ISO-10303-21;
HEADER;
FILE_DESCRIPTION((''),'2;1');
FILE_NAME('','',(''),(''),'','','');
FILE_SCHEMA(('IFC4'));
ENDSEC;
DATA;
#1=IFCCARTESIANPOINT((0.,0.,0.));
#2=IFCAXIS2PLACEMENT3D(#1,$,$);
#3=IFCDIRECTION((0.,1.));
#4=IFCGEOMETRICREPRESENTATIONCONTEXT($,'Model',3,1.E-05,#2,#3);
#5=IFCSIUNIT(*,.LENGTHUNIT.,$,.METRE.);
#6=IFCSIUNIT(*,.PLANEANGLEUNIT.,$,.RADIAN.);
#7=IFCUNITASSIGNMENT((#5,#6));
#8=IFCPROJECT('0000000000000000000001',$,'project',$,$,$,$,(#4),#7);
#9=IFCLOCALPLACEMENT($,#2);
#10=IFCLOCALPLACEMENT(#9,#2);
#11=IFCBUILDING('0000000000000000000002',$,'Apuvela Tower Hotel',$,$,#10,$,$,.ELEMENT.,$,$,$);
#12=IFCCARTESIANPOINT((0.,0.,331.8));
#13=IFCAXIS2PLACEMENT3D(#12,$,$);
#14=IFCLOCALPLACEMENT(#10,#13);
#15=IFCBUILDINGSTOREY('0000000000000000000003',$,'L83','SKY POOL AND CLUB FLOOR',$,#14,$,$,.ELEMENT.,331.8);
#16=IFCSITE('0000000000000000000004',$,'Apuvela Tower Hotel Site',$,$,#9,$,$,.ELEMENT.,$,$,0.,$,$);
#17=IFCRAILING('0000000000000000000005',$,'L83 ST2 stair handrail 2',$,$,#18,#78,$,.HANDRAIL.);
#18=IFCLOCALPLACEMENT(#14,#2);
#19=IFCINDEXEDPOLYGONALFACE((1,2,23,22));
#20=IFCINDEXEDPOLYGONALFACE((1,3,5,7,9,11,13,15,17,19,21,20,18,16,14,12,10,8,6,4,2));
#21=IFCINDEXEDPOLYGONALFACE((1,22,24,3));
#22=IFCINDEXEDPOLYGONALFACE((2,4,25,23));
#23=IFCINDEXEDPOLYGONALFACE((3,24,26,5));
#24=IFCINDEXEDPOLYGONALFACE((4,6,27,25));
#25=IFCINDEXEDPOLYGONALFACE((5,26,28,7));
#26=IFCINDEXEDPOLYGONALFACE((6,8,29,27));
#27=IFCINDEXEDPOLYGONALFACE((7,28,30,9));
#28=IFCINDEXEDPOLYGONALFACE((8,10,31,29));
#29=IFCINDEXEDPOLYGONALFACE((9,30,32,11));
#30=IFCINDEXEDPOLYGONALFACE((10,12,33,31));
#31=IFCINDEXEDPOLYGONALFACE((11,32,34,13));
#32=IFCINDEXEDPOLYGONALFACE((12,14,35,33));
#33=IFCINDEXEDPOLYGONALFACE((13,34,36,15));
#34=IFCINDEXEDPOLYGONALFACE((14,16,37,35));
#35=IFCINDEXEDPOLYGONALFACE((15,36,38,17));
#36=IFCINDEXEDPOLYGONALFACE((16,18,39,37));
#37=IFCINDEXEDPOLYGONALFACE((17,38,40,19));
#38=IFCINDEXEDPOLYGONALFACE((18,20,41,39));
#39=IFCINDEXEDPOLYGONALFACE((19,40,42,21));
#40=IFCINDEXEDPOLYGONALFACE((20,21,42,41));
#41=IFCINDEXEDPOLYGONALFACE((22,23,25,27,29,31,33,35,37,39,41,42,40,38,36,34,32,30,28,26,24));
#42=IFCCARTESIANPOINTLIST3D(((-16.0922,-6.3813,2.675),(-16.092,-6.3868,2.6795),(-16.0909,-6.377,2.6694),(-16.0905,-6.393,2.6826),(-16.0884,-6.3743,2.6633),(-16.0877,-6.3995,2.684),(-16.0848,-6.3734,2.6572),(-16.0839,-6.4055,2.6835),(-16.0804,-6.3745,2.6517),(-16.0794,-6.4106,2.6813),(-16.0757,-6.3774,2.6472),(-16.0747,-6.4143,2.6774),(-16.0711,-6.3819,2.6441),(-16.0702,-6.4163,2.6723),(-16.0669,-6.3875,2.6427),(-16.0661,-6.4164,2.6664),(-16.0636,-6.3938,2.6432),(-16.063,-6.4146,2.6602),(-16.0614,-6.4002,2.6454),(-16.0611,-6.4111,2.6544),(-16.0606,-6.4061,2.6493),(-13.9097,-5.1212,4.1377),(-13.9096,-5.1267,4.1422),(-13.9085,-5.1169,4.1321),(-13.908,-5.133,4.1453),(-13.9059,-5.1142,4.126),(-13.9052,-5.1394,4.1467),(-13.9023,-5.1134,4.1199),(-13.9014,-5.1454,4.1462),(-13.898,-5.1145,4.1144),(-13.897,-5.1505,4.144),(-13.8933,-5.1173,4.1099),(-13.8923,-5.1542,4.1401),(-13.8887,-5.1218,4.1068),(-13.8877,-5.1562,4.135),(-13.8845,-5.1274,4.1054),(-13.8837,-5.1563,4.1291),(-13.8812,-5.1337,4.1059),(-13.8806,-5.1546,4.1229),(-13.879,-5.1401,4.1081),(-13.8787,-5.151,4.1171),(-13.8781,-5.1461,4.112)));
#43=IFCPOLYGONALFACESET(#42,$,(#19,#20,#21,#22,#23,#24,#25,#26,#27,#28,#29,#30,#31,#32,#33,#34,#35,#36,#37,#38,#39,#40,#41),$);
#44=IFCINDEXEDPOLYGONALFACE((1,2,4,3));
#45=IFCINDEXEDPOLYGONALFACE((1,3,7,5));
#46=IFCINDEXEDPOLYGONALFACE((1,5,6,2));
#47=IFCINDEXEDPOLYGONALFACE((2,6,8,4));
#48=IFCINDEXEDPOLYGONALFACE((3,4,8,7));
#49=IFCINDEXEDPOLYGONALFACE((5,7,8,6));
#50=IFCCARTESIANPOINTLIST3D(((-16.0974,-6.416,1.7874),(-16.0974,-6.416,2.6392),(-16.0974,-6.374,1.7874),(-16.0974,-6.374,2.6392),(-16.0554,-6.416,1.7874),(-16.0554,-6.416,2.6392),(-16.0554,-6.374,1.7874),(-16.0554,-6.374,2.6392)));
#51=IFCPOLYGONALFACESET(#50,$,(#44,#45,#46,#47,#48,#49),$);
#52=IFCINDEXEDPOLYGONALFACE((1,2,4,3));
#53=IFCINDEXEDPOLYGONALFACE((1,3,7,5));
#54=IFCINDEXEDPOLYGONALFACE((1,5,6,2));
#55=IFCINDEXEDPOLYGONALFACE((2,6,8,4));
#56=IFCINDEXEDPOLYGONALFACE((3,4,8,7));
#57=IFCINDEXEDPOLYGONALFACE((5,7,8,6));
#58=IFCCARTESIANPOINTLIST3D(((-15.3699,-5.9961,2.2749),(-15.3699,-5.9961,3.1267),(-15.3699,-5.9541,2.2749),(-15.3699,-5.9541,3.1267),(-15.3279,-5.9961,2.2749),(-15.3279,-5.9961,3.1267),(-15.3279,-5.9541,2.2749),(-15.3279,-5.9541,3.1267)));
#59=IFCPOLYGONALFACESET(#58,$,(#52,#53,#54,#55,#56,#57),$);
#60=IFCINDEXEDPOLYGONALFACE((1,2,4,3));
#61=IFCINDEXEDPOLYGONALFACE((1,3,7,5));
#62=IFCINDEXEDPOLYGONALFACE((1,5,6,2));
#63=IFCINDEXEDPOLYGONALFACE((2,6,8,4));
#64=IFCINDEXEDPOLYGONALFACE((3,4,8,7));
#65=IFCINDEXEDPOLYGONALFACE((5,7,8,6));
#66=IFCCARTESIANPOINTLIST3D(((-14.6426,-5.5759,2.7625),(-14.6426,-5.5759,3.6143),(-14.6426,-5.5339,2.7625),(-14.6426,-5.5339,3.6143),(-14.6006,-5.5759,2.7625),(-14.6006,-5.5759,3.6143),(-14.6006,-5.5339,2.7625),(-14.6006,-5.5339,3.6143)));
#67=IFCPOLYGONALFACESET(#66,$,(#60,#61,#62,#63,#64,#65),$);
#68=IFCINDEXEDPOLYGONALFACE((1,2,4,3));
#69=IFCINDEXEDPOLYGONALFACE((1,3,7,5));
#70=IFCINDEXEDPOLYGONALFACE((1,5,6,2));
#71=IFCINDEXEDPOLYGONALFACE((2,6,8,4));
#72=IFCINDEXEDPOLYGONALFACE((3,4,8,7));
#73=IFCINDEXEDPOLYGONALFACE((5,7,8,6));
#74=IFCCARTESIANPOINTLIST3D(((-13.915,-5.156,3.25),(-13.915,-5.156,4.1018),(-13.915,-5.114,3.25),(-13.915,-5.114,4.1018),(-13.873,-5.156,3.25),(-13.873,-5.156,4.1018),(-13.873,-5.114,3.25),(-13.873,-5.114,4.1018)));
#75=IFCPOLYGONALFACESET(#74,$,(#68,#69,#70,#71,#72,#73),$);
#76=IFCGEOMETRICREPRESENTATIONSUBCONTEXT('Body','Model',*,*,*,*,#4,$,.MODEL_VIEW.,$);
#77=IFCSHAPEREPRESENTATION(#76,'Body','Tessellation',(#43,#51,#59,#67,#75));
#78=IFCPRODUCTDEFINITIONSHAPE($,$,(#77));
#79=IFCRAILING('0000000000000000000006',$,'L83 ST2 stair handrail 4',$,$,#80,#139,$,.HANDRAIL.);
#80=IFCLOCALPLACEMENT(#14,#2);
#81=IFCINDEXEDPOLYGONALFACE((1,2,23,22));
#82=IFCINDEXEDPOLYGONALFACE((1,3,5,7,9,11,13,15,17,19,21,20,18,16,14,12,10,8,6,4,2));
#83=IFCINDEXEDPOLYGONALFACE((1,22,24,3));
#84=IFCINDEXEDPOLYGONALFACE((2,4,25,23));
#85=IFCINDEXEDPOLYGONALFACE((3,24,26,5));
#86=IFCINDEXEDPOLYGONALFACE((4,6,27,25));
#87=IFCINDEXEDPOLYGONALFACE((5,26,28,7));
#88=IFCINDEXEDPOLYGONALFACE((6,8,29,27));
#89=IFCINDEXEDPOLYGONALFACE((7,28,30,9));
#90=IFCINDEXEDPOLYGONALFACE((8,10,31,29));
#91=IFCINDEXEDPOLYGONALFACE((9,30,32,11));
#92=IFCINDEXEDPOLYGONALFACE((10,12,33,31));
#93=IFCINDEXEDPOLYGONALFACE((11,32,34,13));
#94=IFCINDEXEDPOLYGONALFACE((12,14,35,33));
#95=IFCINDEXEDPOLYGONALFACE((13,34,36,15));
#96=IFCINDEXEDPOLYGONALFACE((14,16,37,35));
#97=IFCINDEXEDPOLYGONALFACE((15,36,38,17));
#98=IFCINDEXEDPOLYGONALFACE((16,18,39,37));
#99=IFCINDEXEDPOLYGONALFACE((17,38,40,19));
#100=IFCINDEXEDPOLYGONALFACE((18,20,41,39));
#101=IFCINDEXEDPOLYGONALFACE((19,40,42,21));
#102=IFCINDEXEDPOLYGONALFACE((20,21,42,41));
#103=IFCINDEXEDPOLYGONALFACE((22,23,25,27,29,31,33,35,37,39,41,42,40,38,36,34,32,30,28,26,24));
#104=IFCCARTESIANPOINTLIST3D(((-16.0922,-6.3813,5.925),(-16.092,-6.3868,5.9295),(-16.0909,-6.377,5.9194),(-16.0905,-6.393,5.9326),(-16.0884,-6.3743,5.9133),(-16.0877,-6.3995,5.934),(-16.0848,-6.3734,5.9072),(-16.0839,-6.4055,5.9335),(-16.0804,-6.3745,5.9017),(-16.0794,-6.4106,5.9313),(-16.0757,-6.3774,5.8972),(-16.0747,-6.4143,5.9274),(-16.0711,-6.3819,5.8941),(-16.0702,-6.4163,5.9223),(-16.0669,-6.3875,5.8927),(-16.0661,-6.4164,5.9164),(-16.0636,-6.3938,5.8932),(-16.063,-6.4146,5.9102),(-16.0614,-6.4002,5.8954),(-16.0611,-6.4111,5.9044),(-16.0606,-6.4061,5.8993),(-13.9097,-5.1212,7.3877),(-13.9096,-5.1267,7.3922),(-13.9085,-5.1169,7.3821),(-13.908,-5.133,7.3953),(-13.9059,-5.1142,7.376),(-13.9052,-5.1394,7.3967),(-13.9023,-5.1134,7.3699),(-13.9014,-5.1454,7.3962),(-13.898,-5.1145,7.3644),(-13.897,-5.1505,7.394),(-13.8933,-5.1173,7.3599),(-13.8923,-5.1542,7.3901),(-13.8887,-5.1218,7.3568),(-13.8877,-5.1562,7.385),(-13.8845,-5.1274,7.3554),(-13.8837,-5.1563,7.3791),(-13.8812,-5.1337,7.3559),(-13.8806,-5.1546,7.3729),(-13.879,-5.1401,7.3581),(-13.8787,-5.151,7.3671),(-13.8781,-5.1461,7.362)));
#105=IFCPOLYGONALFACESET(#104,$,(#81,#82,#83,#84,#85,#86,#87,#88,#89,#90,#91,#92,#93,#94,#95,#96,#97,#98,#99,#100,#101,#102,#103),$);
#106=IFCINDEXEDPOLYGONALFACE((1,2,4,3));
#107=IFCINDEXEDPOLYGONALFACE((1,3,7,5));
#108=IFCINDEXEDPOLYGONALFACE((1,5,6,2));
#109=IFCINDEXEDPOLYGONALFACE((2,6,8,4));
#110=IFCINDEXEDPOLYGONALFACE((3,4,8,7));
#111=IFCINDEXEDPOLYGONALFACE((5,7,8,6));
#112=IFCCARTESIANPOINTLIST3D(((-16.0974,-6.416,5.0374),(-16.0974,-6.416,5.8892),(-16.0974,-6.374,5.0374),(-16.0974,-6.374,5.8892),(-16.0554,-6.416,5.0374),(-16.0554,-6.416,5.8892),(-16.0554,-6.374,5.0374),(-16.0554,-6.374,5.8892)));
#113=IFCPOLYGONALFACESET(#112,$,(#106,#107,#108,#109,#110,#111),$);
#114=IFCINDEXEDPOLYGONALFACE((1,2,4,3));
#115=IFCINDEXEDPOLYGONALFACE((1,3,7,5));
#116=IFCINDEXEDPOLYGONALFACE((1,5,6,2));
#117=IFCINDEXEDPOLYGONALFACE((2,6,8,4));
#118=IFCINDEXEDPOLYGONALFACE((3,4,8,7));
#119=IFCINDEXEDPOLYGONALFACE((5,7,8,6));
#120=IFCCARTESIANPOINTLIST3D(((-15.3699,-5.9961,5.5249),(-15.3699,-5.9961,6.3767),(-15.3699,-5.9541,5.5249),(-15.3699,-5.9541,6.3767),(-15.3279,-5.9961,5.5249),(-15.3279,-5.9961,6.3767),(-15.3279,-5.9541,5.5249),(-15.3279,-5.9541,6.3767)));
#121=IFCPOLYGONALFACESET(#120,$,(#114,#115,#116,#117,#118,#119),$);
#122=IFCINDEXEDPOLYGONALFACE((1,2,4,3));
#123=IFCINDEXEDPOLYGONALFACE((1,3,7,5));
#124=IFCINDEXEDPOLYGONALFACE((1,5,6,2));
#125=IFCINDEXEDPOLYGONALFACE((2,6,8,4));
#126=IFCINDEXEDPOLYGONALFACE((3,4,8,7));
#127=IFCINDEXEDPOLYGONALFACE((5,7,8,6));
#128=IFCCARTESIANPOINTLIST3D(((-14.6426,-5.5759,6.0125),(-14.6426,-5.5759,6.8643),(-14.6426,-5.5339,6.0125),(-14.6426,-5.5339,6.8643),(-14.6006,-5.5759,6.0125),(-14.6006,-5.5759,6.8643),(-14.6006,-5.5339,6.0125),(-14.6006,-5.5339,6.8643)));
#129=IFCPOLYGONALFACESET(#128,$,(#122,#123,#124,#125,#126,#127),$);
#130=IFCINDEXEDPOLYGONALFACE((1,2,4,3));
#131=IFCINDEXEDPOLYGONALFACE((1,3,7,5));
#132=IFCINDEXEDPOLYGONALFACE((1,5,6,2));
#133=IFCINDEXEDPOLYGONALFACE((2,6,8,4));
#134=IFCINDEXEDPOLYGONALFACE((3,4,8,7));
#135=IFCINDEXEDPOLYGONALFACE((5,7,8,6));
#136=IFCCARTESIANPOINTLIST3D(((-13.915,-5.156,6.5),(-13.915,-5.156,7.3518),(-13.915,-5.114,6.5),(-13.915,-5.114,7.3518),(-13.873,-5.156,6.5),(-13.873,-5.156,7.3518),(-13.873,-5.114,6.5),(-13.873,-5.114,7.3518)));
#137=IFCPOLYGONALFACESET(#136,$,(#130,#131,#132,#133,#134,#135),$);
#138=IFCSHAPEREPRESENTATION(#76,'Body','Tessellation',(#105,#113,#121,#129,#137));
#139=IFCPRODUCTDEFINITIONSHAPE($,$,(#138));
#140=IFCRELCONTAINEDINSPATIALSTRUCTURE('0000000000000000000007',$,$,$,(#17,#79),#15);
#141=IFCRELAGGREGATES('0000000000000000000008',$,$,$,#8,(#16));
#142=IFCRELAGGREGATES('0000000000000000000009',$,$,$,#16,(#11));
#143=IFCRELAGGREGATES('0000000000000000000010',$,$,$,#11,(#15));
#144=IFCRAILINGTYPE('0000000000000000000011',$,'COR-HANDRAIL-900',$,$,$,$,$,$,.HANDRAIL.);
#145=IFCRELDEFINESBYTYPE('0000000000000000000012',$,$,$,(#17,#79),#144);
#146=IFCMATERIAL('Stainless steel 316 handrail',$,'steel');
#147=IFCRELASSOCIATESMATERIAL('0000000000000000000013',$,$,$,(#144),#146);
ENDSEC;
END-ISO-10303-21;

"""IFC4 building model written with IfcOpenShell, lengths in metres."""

from ifc_helpers import new_model, si_unit, direction, frame, origin, origin_2d, place, context, subcontext, project, spatial, rectangle, circle, extrude, material, type_object, element, save


model = new_model("IFC4")

# Units and contexts
model_context = context("Model", 3, precision=1e-05, world=origin(), true_north=direction((0.0, 1.0)))
body_context = subcontext(model_context, "Body", "Model", "MODEL_VIEW")
ifc_project = project(units=[si_unit("LENGTHUNIT", "METRE"), si_unit("PLANEANGLEUNIT", "RADIAN")], contexts=[model_context])

# Site, building, storey
site_placement = place(None, origin())
site = spatial("IfcSite", under=ifc_project, at=site_placement, Name="Apuvela Tower Hotel Site", CompositionType="ELEMENT", RefElevation=0.0)
building_placement = place(site_placement, origin())
building = spatial("IfcBuilding", under=site, at=building_placement, Name="Apuvela Tower Hotel", CompositionType="ELEMENT")
storey_placement = place(building_placement, frame((0.0, 0.0, 331.8)))
storey = spatial("IfcBuildingStorey", under=building, at=storey_placement, Name="L83", Description="SKY POOL AND CLUB FLOOR", CompositionType="ELEMENT", Elevation=331.8)

# Railings
ifc_material_1 = material(Name="Stainless steel 316 handrail", Category="steel")
railing_type_1 = type_object("IfcRailingType", Name="COR-HANDRAIL-900", PredefinedType="HANDRAIL", material=ifc_material_1)
for number, where, name in (
    (1, (-16.0764, -6.395, 1.7874), "L83 ST2 stair handrail 2"),
    (2, (-16.0764, -6.395, 5.0374), "L83 ST2 stair handrail 4"),
):
    element("IfcRailing", number, at=place(storey_placement, frame(where)), inside=storey, type_object=railing_type_1, Name=name, PredefinedType="HANDRAIL", context=body_context, shape_type="SweptSolid", body=[
        extrude(circle(Radius=0.0239, at=origin_2d()), frame((0.0, 0.0, 0.876), z_axis=(0.749001, 0.432442, 0.501988), x_axis=(-0.500005, 0.866023, 0.0)), (0.0, 0.0, 1.0), 2.9138),
        extrude(rectangle(XDim=0.042, YDim=0.042, at=origin_2d()), origin(), (0.0, 0.0, 1.0), 0.8518),
        extrude(rectangle(XDim=0.042, YDim=0.042, at=origin_2d()), frame((0.7275, 0.4199, 0.4875)), (0.0, 0.0, 1.0), 0.8518),
        extrude(rectangle(XDim=0.042, YDim=0.042, at=origin_2d()), frame((1.4548, 0.8401, 0.9751)), (0.0, 0.0, 1.0), 0.8518),
        extrude(rectangle(XDim=0.042, YDim=0.042, at=origin_2d()), frame((2.1824, 1.26, 1.4626)), (0.0, 0.0, 1.0), 0.8518),
    ])

save(model, "model.ifc")
